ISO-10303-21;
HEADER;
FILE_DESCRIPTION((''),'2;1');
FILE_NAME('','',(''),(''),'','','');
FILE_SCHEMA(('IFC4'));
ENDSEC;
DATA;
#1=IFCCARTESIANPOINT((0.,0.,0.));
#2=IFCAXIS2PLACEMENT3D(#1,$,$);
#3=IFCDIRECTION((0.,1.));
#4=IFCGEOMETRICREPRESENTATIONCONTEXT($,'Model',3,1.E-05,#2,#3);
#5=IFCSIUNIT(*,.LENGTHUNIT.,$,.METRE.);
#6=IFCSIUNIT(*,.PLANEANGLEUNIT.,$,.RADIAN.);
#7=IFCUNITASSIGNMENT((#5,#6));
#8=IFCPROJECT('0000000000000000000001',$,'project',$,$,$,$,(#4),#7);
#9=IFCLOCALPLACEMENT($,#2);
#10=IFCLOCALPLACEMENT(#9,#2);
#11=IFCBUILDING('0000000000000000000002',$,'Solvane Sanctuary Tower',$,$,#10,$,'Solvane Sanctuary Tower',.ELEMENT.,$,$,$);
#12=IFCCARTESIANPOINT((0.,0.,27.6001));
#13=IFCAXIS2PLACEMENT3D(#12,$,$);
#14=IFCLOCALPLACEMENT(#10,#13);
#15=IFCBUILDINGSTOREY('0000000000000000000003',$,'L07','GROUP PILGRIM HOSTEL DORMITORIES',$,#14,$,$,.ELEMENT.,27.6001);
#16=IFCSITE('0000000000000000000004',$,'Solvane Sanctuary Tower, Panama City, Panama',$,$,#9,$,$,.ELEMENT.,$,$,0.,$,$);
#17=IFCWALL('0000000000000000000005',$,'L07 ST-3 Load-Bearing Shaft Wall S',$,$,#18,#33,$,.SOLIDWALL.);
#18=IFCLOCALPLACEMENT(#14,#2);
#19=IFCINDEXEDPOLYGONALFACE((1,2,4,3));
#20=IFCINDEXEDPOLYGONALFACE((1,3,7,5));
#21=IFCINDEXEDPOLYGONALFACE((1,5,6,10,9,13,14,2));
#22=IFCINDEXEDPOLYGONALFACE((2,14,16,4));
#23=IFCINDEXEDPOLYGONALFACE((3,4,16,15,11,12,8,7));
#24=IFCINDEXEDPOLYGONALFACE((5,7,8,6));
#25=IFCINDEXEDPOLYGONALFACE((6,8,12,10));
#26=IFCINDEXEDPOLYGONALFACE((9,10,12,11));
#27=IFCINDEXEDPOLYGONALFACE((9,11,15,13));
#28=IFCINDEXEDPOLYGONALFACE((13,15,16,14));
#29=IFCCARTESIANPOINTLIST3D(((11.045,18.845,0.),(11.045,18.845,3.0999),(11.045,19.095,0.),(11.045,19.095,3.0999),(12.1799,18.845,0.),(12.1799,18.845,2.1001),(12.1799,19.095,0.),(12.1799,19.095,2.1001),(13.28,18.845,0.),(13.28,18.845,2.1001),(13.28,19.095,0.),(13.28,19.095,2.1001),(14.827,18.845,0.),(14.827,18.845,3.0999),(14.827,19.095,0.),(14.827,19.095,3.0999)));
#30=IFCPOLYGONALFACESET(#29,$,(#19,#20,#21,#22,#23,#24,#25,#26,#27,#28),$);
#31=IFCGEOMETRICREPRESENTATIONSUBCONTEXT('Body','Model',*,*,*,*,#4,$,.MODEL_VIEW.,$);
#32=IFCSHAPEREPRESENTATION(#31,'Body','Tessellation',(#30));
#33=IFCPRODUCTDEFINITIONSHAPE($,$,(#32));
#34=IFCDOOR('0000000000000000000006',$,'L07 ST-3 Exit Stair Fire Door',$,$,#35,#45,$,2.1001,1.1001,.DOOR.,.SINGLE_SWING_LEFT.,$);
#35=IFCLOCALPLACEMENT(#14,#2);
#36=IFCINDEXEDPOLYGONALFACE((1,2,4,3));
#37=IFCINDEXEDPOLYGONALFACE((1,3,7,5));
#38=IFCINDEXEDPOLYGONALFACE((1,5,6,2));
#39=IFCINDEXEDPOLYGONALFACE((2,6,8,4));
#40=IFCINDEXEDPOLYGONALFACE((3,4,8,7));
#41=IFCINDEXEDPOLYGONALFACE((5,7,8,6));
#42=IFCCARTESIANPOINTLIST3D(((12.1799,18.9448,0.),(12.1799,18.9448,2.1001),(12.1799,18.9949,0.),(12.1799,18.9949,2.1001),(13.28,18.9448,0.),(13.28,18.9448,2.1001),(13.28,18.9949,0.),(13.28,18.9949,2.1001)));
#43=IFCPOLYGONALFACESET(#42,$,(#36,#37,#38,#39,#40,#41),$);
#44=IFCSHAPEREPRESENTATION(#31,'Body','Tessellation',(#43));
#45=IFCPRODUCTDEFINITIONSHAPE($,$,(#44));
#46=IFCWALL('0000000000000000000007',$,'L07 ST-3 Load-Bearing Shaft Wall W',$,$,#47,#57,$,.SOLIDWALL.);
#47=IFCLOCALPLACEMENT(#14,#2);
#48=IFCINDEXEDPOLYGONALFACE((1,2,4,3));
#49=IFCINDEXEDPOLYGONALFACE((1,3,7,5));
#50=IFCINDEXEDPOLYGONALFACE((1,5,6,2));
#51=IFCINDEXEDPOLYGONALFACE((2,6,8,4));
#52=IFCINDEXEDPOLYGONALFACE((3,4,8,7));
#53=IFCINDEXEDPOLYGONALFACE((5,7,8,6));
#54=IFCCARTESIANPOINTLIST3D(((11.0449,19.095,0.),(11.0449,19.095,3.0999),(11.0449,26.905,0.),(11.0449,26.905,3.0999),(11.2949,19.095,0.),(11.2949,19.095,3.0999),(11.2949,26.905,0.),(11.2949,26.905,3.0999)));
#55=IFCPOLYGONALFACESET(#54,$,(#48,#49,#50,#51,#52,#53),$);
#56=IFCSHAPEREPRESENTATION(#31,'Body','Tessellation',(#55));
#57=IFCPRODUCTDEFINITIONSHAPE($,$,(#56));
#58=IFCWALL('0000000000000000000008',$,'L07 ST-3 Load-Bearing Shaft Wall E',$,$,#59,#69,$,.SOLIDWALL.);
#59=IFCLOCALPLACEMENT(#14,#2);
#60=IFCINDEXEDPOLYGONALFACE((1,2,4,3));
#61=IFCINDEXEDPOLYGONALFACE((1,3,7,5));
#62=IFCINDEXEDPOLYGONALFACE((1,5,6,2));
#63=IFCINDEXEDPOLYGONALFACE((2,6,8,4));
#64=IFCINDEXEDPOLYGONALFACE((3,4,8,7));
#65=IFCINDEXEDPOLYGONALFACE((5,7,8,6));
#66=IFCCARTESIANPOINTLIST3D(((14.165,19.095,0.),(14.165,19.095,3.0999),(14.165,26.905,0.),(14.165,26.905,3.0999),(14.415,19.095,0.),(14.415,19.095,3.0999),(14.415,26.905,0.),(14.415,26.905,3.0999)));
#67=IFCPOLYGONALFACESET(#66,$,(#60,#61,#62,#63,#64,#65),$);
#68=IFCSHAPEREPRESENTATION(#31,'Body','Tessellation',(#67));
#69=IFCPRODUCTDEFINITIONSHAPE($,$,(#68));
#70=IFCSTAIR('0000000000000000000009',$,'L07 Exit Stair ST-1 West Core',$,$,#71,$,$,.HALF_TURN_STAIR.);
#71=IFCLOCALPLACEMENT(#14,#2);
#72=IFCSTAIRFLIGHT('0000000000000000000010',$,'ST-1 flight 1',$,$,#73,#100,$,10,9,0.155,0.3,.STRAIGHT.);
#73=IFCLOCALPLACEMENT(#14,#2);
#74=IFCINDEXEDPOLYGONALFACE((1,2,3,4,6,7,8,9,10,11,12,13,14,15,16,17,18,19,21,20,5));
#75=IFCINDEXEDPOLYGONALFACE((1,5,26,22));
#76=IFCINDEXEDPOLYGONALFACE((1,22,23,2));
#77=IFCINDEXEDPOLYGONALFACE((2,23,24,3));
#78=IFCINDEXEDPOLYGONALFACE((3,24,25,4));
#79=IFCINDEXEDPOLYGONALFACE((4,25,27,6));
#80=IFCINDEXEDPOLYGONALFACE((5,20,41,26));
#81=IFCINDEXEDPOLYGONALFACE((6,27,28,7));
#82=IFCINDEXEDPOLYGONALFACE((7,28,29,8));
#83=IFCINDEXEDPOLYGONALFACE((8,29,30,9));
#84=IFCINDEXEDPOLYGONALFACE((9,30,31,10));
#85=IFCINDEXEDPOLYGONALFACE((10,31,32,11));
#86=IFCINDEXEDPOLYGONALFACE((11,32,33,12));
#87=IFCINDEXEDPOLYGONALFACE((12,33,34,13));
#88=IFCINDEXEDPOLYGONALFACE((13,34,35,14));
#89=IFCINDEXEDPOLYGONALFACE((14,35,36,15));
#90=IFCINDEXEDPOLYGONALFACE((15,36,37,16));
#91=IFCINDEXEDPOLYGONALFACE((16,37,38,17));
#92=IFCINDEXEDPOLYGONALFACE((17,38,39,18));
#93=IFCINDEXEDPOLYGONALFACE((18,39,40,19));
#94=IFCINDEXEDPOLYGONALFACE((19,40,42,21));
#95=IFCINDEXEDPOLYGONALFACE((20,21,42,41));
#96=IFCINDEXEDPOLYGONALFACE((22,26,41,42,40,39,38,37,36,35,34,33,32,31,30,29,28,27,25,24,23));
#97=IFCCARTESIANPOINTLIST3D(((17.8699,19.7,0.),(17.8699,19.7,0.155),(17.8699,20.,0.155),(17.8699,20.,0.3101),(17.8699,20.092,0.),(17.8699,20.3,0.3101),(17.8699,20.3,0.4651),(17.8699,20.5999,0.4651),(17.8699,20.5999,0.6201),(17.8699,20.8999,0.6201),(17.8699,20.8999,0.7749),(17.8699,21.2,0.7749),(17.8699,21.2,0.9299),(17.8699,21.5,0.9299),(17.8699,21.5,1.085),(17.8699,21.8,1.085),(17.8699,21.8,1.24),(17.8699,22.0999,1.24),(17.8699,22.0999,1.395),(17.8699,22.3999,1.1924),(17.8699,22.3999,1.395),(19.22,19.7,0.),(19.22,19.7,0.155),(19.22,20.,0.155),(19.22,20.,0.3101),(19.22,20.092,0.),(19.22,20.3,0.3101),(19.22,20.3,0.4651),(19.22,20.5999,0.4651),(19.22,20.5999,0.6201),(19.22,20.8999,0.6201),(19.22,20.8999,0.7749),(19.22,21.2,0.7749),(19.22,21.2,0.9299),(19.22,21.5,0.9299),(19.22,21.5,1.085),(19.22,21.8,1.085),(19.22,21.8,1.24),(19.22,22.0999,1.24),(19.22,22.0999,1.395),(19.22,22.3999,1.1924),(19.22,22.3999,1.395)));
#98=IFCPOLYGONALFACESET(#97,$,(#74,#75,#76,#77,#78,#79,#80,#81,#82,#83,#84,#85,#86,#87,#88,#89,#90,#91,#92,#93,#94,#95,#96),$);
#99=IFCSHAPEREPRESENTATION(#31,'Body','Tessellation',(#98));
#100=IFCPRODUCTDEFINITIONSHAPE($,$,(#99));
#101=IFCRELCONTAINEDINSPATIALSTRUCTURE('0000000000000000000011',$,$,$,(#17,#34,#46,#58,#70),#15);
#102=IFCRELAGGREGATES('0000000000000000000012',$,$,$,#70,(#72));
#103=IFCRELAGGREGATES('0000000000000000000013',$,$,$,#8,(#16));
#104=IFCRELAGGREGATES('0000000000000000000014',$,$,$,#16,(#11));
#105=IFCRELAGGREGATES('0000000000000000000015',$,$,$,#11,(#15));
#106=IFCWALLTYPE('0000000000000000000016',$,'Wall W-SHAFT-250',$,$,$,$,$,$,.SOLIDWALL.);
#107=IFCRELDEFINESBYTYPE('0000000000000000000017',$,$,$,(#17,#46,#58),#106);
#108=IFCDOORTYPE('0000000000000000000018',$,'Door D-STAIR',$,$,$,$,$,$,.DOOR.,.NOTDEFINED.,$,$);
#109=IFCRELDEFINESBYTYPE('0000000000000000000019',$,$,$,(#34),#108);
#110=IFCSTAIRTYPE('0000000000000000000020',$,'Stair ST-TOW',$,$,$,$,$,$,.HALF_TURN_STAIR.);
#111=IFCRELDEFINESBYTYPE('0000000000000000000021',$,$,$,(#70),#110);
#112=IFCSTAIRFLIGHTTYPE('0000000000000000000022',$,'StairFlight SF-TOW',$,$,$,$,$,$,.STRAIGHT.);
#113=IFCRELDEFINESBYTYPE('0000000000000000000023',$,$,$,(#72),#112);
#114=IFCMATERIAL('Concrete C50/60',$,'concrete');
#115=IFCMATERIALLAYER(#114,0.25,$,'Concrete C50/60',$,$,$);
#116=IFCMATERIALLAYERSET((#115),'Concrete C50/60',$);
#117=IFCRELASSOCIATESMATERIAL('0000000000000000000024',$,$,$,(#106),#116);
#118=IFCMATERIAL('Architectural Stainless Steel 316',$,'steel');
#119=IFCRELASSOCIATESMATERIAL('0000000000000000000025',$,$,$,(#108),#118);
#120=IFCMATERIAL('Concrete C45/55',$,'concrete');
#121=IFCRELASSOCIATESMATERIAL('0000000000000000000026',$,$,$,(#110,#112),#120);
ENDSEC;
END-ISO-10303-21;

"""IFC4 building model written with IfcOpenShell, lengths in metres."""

from ifc_helpers import new_model, si_unit, direction, frame, frame_2d, origin, place, context, subcontext, project, spatial, polyline, rectangle, outline, extrude, material, layer, layer_set, type_object, element, fill, aggregate, save


model = new_model("IFC4")

# Units and contexts
model_context = context("Model", 3, precision=1e-05, world=origin(), true_north=direction((0.0, 1.0)))
body_context = subcontext(model_context, "Body", "Model", "MODEL_VIEW")
ifc_project = project(units=[si_unit("LENGTHUNIT", "METRE"), si_unit("PLANEANGLEUNIT", "RADIAN")], contexts=[model_context])

# Site, building, storey
site_placement = place(None, origin())
site = spatial("IfcSite", under=ifc_project, at=site_placement, Name="Solvane Sanctuary Tower, Panama City, Panama", CompositionType="ELEMENT", RefElevation=0.0)
building_placement = place(site_placement, origin())
building = spatial("IfcBuilding", under=site, at=building_placement, Name="Solvane Sanctuary Tower", LongName="Solvane Sanctuary Tower", CompositionType="ELEMENT")
storey_placement = place(building_placement, frame((0.0, 0.0, 27.6001)))
storey = spatial("IfcBuildingStorey", under=building, at=storey_placement, Name="L07", Description="GROUP PILGRIM HOSTEL DORMITORIES", CompositionType="ELEMENT", Elevation=27.6001)

# Shared definitions
ifc_material_1 = material(Name="Concrete C50/60", Category="concrete")
ifc_layer_1 = layer(ifc_material_1, 0.25, Name="Concrete C50/60")
ifc_layer_set_1 = layer_set([ifc_layer_1], Name="Concrete C50/60")
wall_type_1 = type_object("IfcWallType", Name="Wall W-SHAFT-250", PredefinedType="SOLIDWALL", material=ifc_layer_set_1)
ifc_material_2 = material(Name="Architectural Stainless Steel 316", Category="steel")
door_type_1 = type_object("IfcDoorType", Name="Door D-STAIR", OperationType="NOTDEFINED", PredefinedType="DOOR", material=ifc_material_2)

# Wall, opening, door
wall_1_placement = place(storey_placement, frame((11.0449, 18.97, 0.0), z_axis=(0.0, 0.0, 1.0), x_axis=(1.0, 0.0, 0.0)))
wall_1 = element("IfcWall", 1, at=wall_1_placement, inside=storey, type_object=wall_type_1, Name="L07 ST-3 Load-Bearing Shaft Wall S", PredefinedType="SOLIDWALL", context=body_context, shape_type="SweptSolid", body=[
    extrude(rectangle(XDim=3.782, YDim=0.25, at=frame_2d((1.8911, 0.0))), origin(), (0.0, 0.0, 1.0), 3.0999),
])
opening_1_placement = place(wall_1_placement, frame((1.135, 0.0, 0.0)))
opening_1 = element("IfcOpeningElement", 2, at=opening_1_placement, cuts=wall_1, PredefinedType="OPENING", context=body_context, shape_type="SweptSolid", body=[
    extrude(rectangle(XDim=1.1001, YDim=2.1001, at=frame_2d((0.55, 1.05))), frame((0.0, 0.135, 0.0), z_axis=(0.0, -1.0, 0.0), x_axis=(1.0, 0.0, 0.0)), (0.0, 0.0, 1.0), 0.27),
])
door_1_placement = place(opening_1_placement, origin())
door_1 = element("IfcDoor", 3, at=door_1_placement, inside=storey, type_object=door_type_1, Name="L07 ST-3 Exit Stair Fire Door", OperationType="SINGLE_SWING_LEFT", OverallHeight=2.1001, OverallWidth=1.1001, PredefinedType="DOOR", context=body_context, shape_type="SweptSolid", body=[
    extrude(rectangle(XDim=1.1001, YDim=2.1001, at=frame_2d((0.55, 1.05))), frame((0.0, 0.0249, 0.0), z_axis=(0.0, -1.0, 0.0), x_axis=(1.0, 0.0, 0.0)), (0.0, 0.0, 1.0), 0.05),
])
fill(opening_1, door_1)

# Walls
for number, where, z_axis, x_axis, name in (
    (4, (11.1699, 19.095, 0.0), (0.0, 0.0, 1.0), (0.0, 1.0, 0.0), "L07 ST-3 Load-Bearing Shaft Wall W"),
    (5, (14.29, 19.095, 0.0), (0.0, 0.0, 1.0), (0.0, 1.0, 0.0), "L07 ST-3 Load-Bearing Shaft Wall E"),
):
    element("IfcWall", number, at=place(storey_placement, frame(where, z_axis=z_axis, x_axis=x_axis)), inside=storey, type_object=wall_type_1, Name=name, PredefinedType="SOLIDWALL", context=body_context, shape_type="SweptSolid", body=[
        extrude(rectangle(XDim=7.8101, YDim=0.25, at=frame_2d((3.905, 0.0))), origin(), (0.0, 0.0, 1.0), 3.0999),
    ])

# Stair, stair flight
ifc_material_3 = material(Name="Concrete C45/55", Category="concrete")
stair_type = type_object("IfcStairType", Name="Stair ST-TOW", PredefinedType="HALF_TURN_STAIR", material=ifc_material_3)
stair_placement = place(storey_placement, origin())
stair = element("IfcStair", 6, at=stair_placement, inside=storey, type_object=stair_type, Name="L07 Exit Stair ST-1 West Core", PredefinedType="HALF_TURN_STAIR")
stair_flight_type = type_object("IfcStairFlightType", Name="StairFlight SF-TOW", PredefinedType="STRAIGHT", material=ifc_material_3)
stair_flight_placement = place(storey_placement, frame((18.5449, 19.7, 0.0), z_axis=(0.0, 0.0, 1.0), x_axis=(0.0, 1.0, 0.0)))
stair_flight = element("IfcStairFlight", 7, at=stair_flight_placement, type_object=stair_flight_type, Name="ST-1 flight 1", NumberOfRisers=10, NumberOfTreads=9, PredefinedType="STRAIGHT", RiserHeight=0.155, TreadLength=0.3, context=body_context, shape_type="SweptSolid", body=[
    extrude(outline(polyline([(0.0, 0.0), (0.0, 0.155), (0.3, 0.155), (0.3, 0.3101), (0.6001, 0.3101), (0.6001, 0.4651), (0.8999, 0.4651), (0.8999, 0.6201), (1.2, 0.6201), (1.2, 0.7749), (1.5, 0.7749), (1.5, 0.9299), (1.8, 0.9299), (1.8, 1.085), (2.1001, 1.085), (2.1001, 1.24), (2.3999, 1.24), (2.3999, 1.395), (2.7, 1.395), (2.7, 1.55), (2.7, 1.1924), (0.3921, 0.0), (0.0, 0.0)])), frame((0.0, 0.675, 0.0), z_axis=(0.0, -1.0, 0.0), x_axis=(1.0, 0.0, 0.0)), (0.0, 0.0, 1.0), 1.3501),
])
aggregate(stair, [stair_flight])

save(model, "model.ifc")
